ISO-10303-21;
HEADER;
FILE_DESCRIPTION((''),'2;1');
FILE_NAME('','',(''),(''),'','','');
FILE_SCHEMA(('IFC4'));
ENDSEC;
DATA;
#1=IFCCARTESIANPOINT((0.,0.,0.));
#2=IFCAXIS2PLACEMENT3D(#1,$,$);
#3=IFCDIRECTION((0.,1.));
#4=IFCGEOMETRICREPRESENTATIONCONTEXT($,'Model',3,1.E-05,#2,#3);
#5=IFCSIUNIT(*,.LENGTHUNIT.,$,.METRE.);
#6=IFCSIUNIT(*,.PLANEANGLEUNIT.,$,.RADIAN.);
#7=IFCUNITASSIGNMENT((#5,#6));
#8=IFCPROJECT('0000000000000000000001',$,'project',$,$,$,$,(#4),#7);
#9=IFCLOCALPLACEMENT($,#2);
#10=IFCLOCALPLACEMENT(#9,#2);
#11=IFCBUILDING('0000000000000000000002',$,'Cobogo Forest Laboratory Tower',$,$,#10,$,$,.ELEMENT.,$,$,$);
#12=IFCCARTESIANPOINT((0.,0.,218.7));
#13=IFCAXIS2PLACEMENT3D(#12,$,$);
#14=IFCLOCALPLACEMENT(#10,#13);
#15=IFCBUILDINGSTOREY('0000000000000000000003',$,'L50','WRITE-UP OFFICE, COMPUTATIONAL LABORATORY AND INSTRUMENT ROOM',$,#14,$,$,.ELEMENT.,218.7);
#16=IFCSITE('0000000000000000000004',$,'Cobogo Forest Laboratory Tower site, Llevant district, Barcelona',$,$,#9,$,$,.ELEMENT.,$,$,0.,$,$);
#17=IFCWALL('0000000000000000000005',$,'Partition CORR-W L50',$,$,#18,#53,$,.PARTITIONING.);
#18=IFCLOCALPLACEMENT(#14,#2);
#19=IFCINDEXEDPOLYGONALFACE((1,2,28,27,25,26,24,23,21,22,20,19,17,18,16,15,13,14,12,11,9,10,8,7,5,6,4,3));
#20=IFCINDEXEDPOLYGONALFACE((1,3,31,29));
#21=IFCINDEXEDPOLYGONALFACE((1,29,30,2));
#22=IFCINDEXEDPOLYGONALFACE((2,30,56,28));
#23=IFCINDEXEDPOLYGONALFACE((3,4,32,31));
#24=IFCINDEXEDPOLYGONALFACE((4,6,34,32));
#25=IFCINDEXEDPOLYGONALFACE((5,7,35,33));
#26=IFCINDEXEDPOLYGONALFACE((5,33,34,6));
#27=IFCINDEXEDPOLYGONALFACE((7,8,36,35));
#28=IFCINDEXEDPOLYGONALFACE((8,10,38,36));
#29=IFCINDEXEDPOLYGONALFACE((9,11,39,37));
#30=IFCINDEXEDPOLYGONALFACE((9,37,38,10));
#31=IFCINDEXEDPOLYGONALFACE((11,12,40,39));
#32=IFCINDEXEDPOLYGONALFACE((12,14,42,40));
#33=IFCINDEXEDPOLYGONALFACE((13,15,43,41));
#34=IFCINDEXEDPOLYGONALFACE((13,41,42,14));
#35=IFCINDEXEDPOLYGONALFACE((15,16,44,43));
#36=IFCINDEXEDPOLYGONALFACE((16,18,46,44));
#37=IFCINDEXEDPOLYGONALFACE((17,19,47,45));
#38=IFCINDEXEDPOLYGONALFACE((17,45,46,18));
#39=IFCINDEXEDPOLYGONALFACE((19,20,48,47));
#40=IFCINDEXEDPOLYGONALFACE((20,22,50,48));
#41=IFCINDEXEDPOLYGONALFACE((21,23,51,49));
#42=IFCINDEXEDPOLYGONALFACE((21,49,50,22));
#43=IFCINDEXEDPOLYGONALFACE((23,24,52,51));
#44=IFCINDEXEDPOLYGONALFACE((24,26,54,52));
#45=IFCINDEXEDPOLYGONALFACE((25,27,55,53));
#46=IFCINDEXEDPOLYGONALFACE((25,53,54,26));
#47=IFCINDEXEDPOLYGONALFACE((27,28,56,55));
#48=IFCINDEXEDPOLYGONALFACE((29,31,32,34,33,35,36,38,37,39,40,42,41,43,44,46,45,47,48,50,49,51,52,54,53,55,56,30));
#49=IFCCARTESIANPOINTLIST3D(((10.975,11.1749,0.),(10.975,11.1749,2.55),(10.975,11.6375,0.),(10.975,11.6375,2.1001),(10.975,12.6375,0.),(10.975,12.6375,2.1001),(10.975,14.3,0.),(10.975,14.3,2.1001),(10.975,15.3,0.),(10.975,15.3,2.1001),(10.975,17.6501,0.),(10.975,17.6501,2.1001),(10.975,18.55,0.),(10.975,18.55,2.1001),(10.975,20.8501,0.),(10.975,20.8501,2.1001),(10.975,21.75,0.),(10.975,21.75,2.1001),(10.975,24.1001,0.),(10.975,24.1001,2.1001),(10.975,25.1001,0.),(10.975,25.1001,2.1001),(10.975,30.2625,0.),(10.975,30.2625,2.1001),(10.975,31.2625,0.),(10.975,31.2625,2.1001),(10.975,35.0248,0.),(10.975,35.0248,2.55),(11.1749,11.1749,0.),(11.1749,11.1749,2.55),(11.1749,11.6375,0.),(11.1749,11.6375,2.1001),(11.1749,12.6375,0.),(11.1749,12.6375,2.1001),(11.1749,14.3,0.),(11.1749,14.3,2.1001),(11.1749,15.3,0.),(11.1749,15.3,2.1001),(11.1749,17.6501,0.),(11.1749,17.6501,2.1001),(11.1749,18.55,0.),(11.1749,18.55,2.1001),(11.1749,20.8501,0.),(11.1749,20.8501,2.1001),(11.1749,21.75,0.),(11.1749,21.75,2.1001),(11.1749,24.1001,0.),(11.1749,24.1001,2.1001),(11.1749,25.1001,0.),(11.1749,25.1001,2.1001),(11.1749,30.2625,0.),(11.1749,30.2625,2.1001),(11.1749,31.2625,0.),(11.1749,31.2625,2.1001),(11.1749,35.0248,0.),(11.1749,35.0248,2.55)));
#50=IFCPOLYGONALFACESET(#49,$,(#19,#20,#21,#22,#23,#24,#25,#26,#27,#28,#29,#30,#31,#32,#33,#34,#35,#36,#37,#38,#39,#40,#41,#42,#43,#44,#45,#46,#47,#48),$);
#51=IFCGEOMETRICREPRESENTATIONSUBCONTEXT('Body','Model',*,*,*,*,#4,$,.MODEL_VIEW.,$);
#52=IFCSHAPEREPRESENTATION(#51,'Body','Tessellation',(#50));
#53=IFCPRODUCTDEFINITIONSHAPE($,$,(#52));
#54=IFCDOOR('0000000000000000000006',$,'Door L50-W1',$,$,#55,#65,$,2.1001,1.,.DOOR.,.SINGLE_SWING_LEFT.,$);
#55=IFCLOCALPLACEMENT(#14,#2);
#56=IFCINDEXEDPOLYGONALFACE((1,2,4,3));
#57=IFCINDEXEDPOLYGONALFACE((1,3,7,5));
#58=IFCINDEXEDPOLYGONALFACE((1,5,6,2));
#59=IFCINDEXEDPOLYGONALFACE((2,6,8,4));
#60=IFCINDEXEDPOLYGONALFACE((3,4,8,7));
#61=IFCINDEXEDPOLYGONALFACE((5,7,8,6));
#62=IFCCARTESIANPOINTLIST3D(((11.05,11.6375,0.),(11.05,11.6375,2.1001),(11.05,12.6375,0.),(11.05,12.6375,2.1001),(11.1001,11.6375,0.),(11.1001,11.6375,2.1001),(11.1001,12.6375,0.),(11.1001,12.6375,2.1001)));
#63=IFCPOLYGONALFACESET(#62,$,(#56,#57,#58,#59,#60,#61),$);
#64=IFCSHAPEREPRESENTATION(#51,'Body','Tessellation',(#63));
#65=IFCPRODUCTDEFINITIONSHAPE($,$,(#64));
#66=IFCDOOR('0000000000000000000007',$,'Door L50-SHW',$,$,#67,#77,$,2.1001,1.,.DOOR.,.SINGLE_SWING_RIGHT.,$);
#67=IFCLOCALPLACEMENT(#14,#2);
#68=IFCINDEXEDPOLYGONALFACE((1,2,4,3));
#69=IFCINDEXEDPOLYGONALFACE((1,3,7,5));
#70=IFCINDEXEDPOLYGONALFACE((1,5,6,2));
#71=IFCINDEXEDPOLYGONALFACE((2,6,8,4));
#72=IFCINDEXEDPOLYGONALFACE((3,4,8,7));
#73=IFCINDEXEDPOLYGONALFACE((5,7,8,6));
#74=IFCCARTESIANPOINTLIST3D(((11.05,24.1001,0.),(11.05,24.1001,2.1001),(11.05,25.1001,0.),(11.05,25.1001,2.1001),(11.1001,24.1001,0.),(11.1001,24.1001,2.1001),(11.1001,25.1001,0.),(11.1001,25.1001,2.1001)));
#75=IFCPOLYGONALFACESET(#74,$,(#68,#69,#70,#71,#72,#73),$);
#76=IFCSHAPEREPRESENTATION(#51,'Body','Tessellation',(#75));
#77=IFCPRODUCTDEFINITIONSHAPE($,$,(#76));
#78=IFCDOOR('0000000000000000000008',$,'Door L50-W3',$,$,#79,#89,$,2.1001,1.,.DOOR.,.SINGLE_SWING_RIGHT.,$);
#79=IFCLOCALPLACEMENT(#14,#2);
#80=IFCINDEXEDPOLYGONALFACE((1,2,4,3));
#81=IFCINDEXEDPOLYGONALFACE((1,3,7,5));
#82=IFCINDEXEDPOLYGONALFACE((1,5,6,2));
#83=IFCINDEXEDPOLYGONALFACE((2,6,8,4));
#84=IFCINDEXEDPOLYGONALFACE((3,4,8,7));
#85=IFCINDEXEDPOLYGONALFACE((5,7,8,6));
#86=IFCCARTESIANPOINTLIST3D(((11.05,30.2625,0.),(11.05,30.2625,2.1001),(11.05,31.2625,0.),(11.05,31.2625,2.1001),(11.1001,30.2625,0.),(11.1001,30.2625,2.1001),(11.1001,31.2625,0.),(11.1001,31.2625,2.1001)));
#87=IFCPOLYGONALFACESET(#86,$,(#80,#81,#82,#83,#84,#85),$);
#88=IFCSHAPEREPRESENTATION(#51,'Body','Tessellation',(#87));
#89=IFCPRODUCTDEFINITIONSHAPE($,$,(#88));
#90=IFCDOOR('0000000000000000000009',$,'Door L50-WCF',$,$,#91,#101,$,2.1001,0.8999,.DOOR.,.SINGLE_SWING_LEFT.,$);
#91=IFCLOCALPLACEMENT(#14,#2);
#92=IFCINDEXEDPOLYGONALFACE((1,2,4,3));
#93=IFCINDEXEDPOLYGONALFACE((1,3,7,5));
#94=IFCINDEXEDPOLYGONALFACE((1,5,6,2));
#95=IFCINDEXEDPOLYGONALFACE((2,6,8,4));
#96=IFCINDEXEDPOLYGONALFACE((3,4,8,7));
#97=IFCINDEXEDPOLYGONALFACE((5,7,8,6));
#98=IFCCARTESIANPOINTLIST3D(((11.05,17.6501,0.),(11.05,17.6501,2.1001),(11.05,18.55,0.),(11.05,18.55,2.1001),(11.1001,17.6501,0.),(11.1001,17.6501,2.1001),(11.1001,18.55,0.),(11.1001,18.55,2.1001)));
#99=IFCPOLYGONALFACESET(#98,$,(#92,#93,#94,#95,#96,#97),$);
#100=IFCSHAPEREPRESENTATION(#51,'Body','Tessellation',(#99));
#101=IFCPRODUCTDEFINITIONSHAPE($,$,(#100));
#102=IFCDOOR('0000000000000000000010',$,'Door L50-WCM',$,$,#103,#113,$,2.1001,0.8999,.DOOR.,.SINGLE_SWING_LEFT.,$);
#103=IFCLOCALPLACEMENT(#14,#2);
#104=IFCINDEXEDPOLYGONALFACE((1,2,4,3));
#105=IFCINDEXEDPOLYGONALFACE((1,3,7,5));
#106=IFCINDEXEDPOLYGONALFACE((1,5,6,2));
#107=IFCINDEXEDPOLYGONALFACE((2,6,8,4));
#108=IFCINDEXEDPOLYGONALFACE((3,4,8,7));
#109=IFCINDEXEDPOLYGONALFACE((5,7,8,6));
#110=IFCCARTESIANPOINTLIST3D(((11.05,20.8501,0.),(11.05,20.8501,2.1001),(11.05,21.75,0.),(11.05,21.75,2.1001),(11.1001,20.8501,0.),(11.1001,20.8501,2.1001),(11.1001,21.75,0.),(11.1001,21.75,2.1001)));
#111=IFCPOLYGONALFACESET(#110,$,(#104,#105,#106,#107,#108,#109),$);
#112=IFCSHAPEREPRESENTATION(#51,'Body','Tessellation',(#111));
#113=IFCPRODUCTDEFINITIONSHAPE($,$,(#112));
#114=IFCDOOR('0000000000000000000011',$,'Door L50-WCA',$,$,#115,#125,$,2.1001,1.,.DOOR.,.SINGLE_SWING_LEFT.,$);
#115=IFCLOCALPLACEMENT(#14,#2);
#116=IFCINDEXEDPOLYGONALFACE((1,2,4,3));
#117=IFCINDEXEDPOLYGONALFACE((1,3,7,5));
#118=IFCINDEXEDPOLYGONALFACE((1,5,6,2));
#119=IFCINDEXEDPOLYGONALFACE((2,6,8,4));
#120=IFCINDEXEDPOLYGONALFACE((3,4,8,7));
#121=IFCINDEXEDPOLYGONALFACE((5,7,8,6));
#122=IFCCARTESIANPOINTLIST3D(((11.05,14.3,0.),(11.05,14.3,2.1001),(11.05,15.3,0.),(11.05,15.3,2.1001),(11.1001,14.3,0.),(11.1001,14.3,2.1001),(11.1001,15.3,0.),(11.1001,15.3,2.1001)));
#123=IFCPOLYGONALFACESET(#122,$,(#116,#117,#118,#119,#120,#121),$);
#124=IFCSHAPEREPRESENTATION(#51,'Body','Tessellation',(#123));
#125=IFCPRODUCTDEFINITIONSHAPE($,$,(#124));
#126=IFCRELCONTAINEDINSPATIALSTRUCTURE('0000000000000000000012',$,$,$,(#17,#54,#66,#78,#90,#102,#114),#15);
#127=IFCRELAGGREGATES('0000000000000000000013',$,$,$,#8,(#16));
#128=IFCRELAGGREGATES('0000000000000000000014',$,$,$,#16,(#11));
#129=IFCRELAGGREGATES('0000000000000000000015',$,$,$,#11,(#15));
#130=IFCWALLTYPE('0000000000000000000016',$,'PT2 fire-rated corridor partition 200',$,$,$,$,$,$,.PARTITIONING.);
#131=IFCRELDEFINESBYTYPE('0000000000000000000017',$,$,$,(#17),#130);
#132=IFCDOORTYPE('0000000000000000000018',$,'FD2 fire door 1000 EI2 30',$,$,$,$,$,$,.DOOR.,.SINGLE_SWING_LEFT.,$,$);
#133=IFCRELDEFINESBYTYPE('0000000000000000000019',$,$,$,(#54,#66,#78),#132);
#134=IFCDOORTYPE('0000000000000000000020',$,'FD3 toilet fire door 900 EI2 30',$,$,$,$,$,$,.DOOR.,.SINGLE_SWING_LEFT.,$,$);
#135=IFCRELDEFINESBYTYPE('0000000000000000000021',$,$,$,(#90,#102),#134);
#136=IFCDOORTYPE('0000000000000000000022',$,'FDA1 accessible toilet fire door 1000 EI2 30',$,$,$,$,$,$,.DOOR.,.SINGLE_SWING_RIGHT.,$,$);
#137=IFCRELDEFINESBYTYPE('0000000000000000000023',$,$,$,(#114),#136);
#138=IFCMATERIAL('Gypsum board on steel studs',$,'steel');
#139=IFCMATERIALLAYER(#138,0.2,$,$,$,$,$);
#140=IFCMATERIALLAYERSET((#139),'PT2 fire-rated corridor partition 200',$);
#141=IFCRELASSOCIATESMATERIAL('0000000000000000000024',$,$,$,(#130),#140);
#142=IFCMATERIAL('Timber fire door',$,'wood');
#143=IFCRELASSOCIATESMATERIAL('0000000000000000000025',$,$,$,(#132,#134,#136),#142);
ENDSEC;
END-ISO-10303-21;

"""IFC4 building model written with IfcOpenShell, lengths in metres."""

from ifc_helpers import new_model, si_unit, direction, frame, frame_2d, origin, place, context, subcontext, project, spatial, rectangle, extrude, material, layer, layer_set, type_object, element, fill, save


model = new_model("IFC4")

# Units and contexts
model_context = context("Model", 3, precision=1e-05, world=origin(), true_north=direction((0.0, 1.0)))
body_context = subcontext(model_context, "Body", "Model", "MODEL_VIEW")
ifc_project = project(units=[si_unit("LENGTHUNIT", "METRE"), si_unit("PLANEANGLEUNIT", "RADIAN")], contexts=[model_context])

# Site, building, storey
site_placement = place(None, origin())
site = spatial("IfcSite", under=ifc_project, at=site_placement, Name="Cobogo Forest Laboratory Tower site, Llevant district, Barcelona", CompositionType="ELEMENT", RefElevation=0.0)
building_placement = place(site_placement, origin())
building = spatial("IfcBuilding", under=site, at=building_placement, Name="Cobogo Forest Laboratory Tower", CompositionType="ELEMENT")
storey_placement = place(building_placement, frame((0.0, 0.0, 218.7)))
storey = spatial("IfcBuildingStorey", under=building, at=storey_placement, Name="L50", Description="WRITE-UP OFFICE, COMPUTATIONAL LABORATORY AND INSTRUMENT ROOM", CompositionType="ELEMENT", Elevation=218.7)

# Shared definitions
ifc_material_1 = material(Name="Gypsum board on steel studs", Category="steel")

# Wall, openings, doors
ifc_layer_1 = layer(ifc_material_1, 0.2)
ifc_layer_set_1 = layer_set([ifc_layer_1], Name="PT2 fire-rated corridor partition 200")
wall_type_1 = type_object("IfcWallType", Name="PT2 fire-rated corridor partition 200", PredefinedType="PARTITIONING", material=ifc_layer_set_1)
ifc_material_2 = material(Name="Timber fire door", Category="wood")
door_type_1 = type_object("IfcDoorType", Name="FD2 fire door 1000 EI2 30", OperationType="SINGLE_SWING_LEFT", PredefinedType="DOOR", material=ifc_material_2)
wall_1_placement = place(storey_placement, frame((11.075, 11.175, 0.0), z_axis=(0.0, 0.0, 1.0), x_axis=(0.0, 1.0, 0.0)))
wall_1 = element("IfcWall", 1, at=wall_1_placement, inside=storey, type_object=wall_type_1, Name="Partition CORR-W L50", PredefinedType="PARTITIONING", context=body_context, shape_type="SweptSolid", body=[
    extrude(rectangle(XDim=23.8499, YDim=0.2, at=frame_2d((11.9248, 0.0))), origin(), (0.0, 0.0, 1.0), 2.55),
])
opening_1_placement = place(wall_1_placement, frame((0.4624, 0.0, 0.0)))
opening_1 = element("IfcOpeningElement", 2, at=opening_1_placement, cuts=wall_1, PredefinedType="OPENING", context=body_context, shape_type="SweptSolid", body=[
    extrude(rectangle(XDim=1.0, YDim=2.1001, at=frame_2d((0.5, 1.05))), frame((0.0, 0.1099, 0.0), z_axis=(0.0, -1.0, 0.0), x_axis=(1.0, 0.0, 0.0)), (0.0, 0.0, 1.0), 0.22),
])
opening_2_placement = place(wall_1_placement, frame((3.125, 0.0, 0.0)))
opening_2 = element("IfcOpeningElement", 3, at=opening_2_placement, cuts=wall_1, PredefinedType="OPENING", context=body_context, shape_type="SweptSolid", body=[
    extrude(rectangle(XDim=1.0, YDim=2.1001, at=frame_2d((0.5, 1.05))), frame((0.0, 0.1099, 0.0), z_axis=(0.0, -1.0, 0.0), x_axis=(1.0, 0.0, 0.0)), (0.0, 0.0, 1.0), 0.22),
])
opening_3_placement = place(wall_1_placement, frame((6.4751, 0.0, 0.0)))
opening_3 = element("IfcOpeningElement", 4, at=opening_3_placement, cuts=wall_1, PredefinedType="OPENING", context=body_context, shape_type="SweptSolid", body=[
    extrude(rectangle(XDim=0.8999, YDim=2.1001, at=frame_2d((0.45, 1.05))), frame((0.0, 0.1099, 0.0), z_axis=(0.0, -1.0, 0.0), x_axis=(1.0, 0.0, 0.0)), (0.0, 0.0, 1.0), 0.22),
])
opening_4_placement = place(wall_1_placement, frame((9.675, 0.0, 0.0)))
opening_4 = element("IfcOpeningElement", 5, at=opening_4_placement, cuts=wall_1, PredefinedType="OPENING", context=body_context, shape_type="SweptSolid", body=[
    extrude(rectangle(XDim=0.8999, YDim=2.1001, at=frame_2d((0.45, 1.05))), frame((0.0, 0.1099, 0.0), z_axis=(0.0, -1.0, 0.0), x_axis=(1.0, 0.0, 0.0)), (0.0, 0.0, 1.0), 0.22),
])
opening_5_placement = place(wall_1_placement, frame((12.925, 0.0, 0.0)))
opening_5 = element("IfcOpeningElement", 6, at=opening_5_placement, cuts=wall_1, PredefinedType="OPENING", context=body_context, shape_type="SweptSolid", body=[
    extrude(rectangle(XDim=1.0, YDim=2.1001, at=frame_2d((0.5, 1.05))), frame((0.0, 0.1099, 0.0), z_axis=(0.0, -1.0, 0.0), x_axis=(1.0, 0.0, 0.0)), (0.0, 0.0, 1.0), 0.22),
])
opening_6_placement = place(wall_1_placement, frame((19.0874, 0.0, 0.0)))
opening_6 = element("IfcOpeningElement", 7, at=opening_6_placement, cuts=wall_1, PredefinedType="OPENING", context=body_context, shape_type="SweptSolid", body=[
    extrude(rectangle(XDim=1.0, YDim=2.1001, at=frame_2d((0.5, 1.05))), frame((0.0, 0.1099, 0.0), z_axis=(0.0, -1.0, 0.0), x_axis=(1.0, 0.0, 0.0)), (0.0, 0.0, 1.0), 0.22),
])
door_1_placement = place(opening_1_placement, origin())
door_1 = element("IfcDoor", 8, at=door_1_placement, inside=storey, type_object=door_type_1, Name="Door L50-W1", OperationType="SINGLE_SWING_LEFT", OverallHeight=2.1001, OverallWidth=1.0, PredefinedType="DOOR", context=body_context, shape_type="SweptSolid", body=[
    extrude(rectangle(XDim=1.0, YDim=2.1001, at=frame_2d((0.5, 1.05))), frame((0.0, 0.0249, 0.0), z_axis=(0.0, -1.0, 0.0), x_axis=(1.0, 0.0, 0.0)), (0.0, 0.0, 1.0), 0.05),
])
fill(opening_1, door_1)
door_2_placement = place(opening_5_placement, origin())
door_2 = element("IfcDoor", 9, at=door_2_placement, inside=storey, type_object=door_type_1, Name="Door L50-SHW", OperationType="SINGLE_SWING_RIGHT", OverallHeight=2.1001, OverallWidth=1.0, PredefinedType="DOOR", context=body_context, shape_type="SweptSolid", body=[
    extrude(rectangle(XDim=1.0, YDim=2.1001, at=frame_2d((0.5, 1.05))), frame((0.0, 0.0249, 0.0), z_axis=(0.0, -1.0, 0.0), x_axis=(1.0, 0.0, 0.0)), (0.0, 0.0, 1.0), 0.05),
])
fill(opening_5, door_2)
door_3_placement = place(opening_6_placement, origin())
door_3 = element("IfcDoor", 10, at=door_3_placement, inside=storey, type_object=door_type_1, Name="Door L50-W3", OperationType="SINGLE_SWING_RIGHT", OverallHeight=2.1001, OverallWidth=1.0, PredefinedType="DOOR", context=body_context, shape_type="SweptSolid", body=[
    extrude(rectangle(XDim=1.0, YDim=2.1001, at=frame_2d((0.5, 1.05))), frame((0.0, 0.0249, 0.0), z_axis=(0.0, -1.0, 0.0), x_axis=(1.0, 0.0, 0.0)), (0.0, 0.0, 1.0), 0.05),
])
fill(opening_6, door_3)
door_type_2 = type_object("IfcDoorType", Name="FD3 toilet fire door 900 EI2 30", OperationType="SINGLE_SWING_LEFT", PredefinedType="DOOR", material=ifc_material_2)
door_4_placement = place(opening_3_placement, origin())
door_4 = element("IfcDoor", 11, at=door_4_placement, inside=storey, type_object=door_type_2, Name="Door L50-WCF", OperationType="SINGLE_SWING_LEFT", OverallHeight=2.1001, OverallWidth=0.8999, PredefinedType="DOOR", context=body_context, shape_type="SweptSolid", body=[
    extrude(rectangle(XDim=0.8999, YDim=2.1001, at=frame_2d((0.45, 1.05))), frame((0.0, 0.0249, 0.0), z_axis=(0.0, -1.0, 0.0), x_axis=(1.0, 0.0, 0.0)), (0.0, 0.0, 1.0), 0.05),
])
fill(opening_3, door_4)
door_5_placement = place(opening_4_placement, origin())
door_5 = element("IfcDoor", 12, at=door_5_placement, inside=storey, type_object=door_type_2, Name="Door L50-WCM", OperationType="SINGLE_SWING_LEFT", OverallHeight=2.1001, OverallWidth=0.8999, PredefinedType="DOOR", context=body_context, shape_type="SweptSolid", body=[
    extrude(rectangle(XDim=0.8999, YDim=2.1001, at=frame_2d((0.45, 1.05))), frame((0.0, 0.0249, 0.0), z_axis=(0.0, -1.0, 0.0), x_axis=(1.0, 0.0, 0.0)), (0.0, 0.0, 1.0), 0.05),
])
fill(opening_4, door_5)
door_type_3 = type_object("IfcDoorType", Name="FDA1 accessible toilet fire door 1000 EI2 30", OperationType="SINGLE_SWING_RIGHT", PredefinedType="DOOR", material=ifc_material_2)
door_6_placement = place(opening_2_placement, origin())
door_6 = element("IfcDoor", 13, at=door_6_placement, inside=storey, type_object=door_type_3, Name="Door L50-WCA", OperationType="SINGLE_SWING_LEFT", OverallHeight=2.1001, OverallWidth=1.0, PredefinedType="DOOR", context=body_context, shape_type="SweptSolid", body=[
    extrude(rectangle(XDim=1.0, YDim=2.1001, at=frame_2d((0.5, 1.05))), frame((0.0, 0.0249, 0.0), z_axis=(0.0, -1.0, 0.0), x_axis=(1.0, 0.0, 0.0)), (0.0, 0.0, 1.0), 0.05),
])
fill(opening_2, door_6)

save(model, "model.ifc")
